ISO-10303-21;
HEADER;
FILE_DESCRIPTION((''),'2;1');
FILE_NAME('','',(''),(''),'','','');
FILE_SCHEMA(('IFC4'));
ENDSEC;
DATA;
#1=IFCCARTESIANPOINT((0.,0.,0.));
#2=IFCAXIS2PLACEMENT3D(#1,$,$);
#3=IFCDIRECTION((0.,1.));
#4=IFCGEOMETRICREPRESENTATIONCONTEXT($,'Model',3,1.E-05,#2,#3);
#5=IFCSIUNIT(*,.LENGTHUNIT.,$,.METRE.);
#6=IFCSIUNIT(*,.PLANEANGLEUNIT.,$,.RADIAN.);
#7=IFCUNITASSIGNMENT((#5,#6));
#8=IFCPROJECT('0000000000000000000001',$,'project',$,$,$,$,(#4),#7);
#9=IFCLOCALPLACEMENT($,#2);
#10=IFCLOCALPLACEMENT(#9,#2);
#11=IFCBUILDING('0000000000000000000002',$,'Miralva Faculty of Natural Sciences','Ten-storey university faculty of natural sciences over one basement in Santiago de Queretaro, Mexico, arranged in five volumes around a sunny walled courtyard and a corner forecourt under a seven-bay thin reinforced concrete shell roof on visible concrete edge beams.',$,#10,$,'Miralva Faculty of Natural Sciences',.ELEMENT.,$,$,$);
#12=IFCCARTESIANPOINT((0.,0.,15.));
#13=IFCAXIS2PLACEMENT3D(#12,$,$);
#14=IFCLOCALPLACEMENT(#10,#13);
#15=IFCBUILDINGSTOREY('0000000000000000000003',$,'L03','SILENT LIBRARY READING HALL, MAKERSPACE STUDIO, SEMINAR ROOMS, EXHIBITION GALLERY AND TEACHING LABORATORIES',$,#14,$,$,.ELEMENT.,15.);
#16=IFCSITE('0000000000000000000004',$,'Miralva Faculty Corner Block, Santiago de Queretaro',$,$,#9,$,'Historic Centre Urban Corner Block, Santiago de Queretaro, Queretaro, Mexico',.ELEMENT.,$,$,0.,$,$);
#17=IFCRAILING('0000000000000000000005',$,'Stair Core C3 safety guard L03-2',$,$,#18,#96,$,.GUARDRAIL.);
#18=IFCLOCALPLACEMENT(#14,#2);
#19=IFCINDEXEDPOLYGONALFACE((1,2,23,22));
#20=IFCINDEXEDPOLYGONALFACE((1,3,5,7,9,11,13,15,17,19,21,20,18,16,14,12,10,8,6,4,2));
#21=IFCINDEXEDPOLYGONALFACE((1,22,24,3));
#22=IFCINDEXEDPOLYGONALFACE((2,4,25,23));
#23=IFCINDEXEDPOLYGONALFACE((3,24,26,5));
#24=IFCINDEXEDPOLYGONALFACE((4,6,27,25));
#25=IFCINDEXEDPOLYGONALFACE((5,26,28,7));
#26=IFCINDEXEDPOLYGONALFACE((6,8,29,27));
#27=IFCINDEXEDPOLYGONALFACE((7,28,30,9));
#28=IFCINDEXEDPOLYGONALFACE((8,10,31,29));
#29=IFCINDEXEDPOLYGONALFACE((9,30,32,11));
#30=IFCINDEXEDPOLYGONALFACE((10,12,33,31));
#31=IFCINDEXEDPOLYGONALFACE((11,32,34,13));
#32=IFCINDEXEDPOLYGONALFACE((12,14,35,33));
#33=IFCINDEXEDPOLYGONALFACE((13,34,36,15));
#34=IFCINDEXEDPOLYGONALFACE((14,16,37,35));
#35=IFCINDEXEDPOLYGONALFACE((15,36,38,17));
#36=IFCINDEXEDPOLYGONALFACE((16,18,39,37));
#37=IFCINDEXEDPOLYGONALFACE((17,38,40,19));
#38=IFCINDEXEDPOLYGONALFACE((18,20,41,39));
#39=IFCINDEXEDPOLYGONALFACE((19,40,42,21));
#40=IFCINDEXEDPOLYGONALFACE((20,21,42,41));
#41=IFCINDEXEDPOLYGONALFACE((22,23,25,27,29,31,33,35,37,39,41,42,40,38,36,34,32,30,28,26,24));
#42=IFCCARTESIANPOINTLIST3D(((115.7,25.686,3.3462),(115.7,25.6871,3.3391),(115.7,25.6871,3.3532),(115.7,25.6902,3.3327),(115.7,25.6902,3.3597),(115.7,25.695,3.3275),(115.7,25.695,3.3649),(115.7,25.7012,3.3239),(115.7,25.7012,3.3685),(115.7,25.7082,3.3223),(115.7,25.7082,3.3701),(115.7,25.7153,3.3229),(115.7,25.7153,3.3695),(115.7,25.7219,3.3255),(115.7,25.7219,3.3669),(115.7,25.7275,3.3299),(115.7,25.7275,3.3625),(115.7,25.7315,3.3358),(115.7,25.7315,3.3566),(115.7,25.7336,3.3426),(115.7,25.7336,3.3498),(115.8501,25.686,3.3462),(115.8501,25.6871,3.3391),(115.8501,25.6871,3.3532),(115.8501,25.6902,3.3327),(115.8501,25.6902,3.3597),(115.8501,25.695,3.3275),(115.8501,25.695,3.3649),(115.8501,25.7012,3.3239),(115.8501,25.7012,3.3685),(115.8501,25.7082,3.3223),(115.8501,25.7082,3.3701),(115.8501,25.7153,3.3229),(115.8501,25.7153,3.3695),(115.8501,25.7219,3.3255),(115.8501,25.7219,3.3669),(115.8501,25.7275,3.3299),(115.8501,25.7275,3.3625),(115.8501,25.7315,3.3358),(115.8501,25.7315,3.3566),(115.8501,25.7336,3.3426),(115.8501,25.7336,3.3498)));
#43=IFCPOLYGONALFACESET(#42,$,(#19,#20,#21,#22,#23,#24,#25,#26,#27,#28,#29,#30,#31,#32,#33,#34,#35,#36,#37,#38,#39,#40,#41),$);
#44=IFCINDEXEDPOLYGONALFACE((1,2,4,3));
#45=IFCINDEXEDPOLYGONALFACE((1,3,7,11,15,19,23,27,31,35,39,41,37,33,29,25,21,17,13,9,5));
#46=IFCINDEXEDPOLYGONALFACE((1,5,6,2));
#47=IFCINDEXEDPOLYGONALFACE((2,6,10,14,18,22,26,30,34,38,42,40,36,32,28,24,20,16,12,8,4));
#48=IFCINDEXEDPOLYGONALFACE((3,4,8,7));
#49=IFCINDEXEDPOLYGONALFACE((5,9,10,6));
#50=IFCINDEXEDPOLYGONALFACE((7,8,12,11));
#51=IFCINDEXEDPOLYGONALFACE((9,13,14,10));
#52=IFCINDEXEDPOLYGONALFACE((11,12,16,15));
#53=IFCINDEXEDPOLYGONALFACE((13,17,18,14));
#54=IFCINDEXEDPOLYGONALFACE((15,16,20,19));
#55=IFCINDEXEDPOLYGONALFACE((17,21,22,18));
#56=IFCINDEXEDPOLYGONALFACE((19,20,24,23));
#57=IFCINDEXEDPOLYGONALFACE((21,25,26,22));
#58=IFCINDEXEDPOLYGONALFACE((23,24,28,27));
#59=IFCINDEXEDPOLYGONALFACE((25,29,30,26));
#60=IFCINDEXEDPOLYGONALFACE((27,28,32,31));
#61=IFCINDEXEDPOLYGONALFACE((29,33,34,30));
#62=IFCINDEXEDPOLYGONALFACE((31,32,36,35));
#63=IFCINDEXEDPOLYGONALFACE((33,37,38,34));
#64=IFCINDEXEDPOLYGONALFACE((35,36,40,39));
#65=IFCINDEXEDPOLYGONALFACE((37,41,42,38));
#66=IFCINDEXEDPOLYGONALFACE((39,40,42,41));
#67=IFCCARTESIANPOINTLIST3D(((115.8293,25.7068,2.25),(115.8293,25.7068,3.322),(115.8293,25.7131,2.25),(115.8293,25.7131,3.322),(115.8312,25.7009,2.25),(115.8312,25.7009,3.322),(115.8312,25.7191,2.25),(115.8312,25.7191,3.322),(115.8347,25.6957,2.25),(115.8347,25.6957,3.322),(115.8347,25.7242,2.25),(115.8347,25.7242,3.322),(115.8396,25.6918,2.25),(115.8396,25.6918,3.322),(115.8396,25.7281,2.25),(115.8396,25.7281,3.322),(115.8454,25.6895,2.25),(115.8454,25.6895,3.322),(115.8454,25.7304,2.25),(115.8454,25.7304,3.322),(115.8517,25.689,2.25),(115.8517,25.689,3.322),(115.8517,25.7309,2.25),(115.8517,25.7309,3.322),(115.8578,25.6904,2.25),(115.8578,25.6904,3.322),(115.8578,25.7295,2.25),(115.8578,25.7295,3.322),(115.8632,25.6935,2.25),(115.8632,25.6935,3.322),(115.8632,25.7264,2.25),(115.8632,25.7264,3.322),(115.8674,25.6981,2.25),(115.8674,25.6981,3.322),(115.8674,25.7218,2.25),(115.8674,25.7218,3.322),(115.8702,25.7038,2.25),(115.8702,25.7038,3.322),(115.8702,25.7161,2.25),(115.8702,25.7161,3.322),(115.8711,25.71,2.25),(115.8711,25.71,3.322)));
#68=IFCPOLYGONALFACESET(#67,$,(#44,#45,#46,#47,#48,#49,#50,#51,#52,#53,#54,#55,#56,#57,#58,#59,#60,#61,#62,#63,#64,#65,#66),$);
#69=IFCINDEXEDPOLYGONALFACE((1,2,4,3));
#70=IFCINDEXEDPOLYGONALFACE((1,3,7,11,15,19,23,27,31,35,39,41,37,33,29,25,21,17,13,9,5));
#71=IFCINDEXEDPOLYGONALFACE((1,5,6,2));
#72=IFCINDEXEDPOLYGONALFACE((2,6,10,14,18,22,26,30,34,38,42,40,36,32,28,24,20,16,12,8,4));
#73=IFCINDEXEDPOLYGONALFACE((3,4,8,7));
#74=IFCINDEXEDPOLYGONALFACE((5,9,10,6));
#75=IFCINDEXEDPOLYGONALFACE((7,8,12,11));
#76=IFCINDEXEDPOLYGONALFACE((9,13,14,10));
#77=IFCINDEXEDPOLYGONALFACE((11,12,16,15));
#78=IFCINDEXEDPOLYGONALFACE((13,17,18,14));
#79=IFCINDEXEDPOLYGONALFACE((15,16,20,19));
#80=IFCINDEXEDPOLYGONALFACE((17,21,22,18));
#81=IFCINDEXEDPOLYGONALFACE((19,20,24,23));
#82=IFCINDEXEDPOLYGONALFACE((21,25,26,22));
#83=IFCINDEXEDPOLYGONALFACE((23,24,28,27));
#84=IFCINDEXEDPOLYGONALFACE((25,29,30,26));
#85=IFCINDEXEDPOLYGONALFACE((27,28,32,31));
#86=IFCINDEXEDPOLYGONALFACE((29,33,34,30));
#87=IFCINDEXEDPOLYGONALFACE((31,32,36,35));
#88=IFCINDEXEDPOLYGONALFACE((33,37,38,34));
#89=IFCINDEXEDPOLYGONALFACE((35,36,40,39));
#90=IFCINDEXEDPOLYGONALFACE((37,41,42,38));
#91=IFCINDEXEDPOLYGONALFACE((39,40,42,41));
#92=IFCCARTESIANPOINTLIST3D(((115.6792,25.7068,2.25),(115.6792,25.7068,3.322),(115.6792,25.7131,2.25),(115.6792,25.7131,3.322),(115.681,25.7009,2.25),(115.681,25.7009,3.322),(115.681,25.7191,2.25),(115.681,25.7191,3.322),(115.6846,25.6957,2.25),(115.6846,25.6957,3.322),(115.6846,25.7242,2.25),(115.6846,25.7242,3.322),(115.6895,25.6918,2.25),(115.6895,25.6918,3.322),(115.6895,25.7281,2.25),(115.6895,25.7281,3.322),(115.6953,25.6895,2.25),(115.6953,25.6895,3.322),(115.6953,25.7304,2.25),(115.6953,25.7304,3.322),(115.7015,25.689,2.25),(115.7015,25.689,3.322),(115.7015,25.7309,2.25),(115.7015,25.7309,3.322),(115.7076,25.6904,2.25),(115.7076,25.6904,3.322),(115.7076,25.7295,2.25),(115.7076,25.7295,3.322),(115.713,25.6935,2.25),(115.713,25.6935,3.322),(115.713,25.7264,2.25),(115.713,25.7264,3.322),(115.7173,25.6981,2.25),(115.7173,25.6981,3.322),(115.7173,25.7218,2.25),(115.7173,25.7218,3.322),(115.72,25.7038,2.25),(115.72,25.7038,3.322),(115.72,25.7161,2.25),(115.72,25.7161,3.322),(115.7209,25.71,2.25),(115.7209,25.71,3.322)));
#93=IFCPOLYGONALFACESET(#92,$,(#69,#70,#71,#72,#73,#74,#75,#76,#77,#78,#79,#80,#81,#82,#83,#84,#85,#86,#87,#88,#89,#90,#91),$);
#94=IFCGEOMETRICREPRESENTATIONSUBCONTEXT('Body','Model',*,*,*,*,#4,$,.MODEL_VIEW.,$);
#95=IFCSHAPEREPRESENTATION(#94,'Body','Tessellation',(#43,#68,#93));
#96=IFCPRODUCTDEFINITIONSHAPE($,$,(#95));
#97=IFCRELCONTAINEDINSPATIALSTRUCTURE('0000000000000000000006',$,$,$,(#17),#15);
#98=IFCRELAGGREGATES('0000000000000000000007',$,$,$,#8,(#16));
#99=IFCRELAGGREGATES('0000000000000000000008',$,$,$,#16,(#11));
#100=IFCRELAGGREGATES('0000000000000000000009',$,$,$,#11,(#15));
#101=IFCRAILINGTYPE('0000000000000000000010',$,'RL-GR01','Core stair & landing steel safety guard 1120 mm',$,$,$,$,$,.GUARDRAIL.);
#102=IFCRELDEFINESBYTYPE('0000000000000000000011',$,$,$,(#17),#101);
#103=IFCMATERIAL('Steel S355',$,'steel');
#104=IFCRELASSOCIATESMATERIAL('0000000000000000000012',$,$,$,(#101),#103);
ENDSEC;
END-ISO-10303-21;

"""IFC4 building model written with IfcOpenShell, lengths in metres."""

from ifc_helpers import new_model, si_unit, direction, frame, origin, origin_2d, place, context, subcontext, project, spatial, circle, extrude, material, type_object, element, save


model = new_model("IFC4")

# Units and contexts
model_context = context("Model", 3, precision=1e-05, world=origin(), true_north=direction((0.0, 1.0)))
body_context = subcontext(model_context, "Body", "Model", "MODEL_VIEW")
ifc_project = project(units=[si_unit("LENGTHUNIT", "METRE"), si_unit("PLANEANGLEUNIT", "RADIAN")], contexts=[model_context])

# Site, building, storey
site_placement = place(None, origin())
site = spatial("IfcSite", under=ifc_project, at=site_placement, Name="Miralva Faculty Corner Block, Santiago de Queretaro", LongName="Historic Centre Urban Corner Block, Santiago de Queretaro, Queretaro, Mexico", CompositionType="ELEMENT", RefElevation=0.0)
building_placement = place(site_placement, origin())
building = spatial("IfcBuilding", under=site, at=building_placement, Name="Miralva Faculty of Natural Sciences", Description="Ten-storey university faculty of natural sciences over one basement in Santiago de Queretaro, Mexico, arranged in five volumes around a sunny walled courtyard and a corner forecourt under a seven-bay thin reinforced concrete shell roof on visible concrete edge beams.", LongName="Miralva Faculty of Natural Sciences", CompositionType="ELEMENT")
storey_placement = place(building_placement, frame((0.0, 0.0, 15.0)))
storey = spatial("IfcBuildingStorey", under=building, at=storey_placement, Name="L03", Description="SILENT LIBRARY READING HALL, MAKERSPACE STUDIO, SEMINAR ROOMS, EXHIBITION GALLERY AND TEACHING LABORATORIES", CompositionType="ELEMENT", Elevation=15.0)

# Railing
ifc_material_1 = material(Name="Steel S355", Category="steel")
railing_type_1 = type_object("IfcRailingType", Name="RL-GR01", Description="Core stair & landing steel safety guard 1120 mm", PredefinedType="GUARDRAIL", material=ifc_material_1)
railing_1_placement = place(storey_placement, frame((115.8501, 25.71, 2.25)))
element("IfcRailing", 1, at=railing_1_placement, inside=storey, type_object=railing_type_1, Name="Stair Core C3 safety guard L03-2", PredefinedType="GUARDRAIL", context=body_context, shape_type="SweptSolid", body=[
    extrude(circle(Radius=0.0239, at=origin_2d()), frame((0.0, 0.0, 1.0962), z_axis=(-1.0, 0.0, 0.0), x_axis=(0.0, -1.0, 0.0)), (0.0, 0.0, 1.0), 0.1501),
    extrude(circle(Radius=0.021, at=origin_2d()), origin(), (0.0, 0.0, 1.0), 1.072),
    extrude(circle(Radius=0.021, at=origin_2d()), frame((-0.1501, 0.0, 0.0)), (0.0, 0.0, 1.0), 1.072),
])

save(model, "model.ifc")
